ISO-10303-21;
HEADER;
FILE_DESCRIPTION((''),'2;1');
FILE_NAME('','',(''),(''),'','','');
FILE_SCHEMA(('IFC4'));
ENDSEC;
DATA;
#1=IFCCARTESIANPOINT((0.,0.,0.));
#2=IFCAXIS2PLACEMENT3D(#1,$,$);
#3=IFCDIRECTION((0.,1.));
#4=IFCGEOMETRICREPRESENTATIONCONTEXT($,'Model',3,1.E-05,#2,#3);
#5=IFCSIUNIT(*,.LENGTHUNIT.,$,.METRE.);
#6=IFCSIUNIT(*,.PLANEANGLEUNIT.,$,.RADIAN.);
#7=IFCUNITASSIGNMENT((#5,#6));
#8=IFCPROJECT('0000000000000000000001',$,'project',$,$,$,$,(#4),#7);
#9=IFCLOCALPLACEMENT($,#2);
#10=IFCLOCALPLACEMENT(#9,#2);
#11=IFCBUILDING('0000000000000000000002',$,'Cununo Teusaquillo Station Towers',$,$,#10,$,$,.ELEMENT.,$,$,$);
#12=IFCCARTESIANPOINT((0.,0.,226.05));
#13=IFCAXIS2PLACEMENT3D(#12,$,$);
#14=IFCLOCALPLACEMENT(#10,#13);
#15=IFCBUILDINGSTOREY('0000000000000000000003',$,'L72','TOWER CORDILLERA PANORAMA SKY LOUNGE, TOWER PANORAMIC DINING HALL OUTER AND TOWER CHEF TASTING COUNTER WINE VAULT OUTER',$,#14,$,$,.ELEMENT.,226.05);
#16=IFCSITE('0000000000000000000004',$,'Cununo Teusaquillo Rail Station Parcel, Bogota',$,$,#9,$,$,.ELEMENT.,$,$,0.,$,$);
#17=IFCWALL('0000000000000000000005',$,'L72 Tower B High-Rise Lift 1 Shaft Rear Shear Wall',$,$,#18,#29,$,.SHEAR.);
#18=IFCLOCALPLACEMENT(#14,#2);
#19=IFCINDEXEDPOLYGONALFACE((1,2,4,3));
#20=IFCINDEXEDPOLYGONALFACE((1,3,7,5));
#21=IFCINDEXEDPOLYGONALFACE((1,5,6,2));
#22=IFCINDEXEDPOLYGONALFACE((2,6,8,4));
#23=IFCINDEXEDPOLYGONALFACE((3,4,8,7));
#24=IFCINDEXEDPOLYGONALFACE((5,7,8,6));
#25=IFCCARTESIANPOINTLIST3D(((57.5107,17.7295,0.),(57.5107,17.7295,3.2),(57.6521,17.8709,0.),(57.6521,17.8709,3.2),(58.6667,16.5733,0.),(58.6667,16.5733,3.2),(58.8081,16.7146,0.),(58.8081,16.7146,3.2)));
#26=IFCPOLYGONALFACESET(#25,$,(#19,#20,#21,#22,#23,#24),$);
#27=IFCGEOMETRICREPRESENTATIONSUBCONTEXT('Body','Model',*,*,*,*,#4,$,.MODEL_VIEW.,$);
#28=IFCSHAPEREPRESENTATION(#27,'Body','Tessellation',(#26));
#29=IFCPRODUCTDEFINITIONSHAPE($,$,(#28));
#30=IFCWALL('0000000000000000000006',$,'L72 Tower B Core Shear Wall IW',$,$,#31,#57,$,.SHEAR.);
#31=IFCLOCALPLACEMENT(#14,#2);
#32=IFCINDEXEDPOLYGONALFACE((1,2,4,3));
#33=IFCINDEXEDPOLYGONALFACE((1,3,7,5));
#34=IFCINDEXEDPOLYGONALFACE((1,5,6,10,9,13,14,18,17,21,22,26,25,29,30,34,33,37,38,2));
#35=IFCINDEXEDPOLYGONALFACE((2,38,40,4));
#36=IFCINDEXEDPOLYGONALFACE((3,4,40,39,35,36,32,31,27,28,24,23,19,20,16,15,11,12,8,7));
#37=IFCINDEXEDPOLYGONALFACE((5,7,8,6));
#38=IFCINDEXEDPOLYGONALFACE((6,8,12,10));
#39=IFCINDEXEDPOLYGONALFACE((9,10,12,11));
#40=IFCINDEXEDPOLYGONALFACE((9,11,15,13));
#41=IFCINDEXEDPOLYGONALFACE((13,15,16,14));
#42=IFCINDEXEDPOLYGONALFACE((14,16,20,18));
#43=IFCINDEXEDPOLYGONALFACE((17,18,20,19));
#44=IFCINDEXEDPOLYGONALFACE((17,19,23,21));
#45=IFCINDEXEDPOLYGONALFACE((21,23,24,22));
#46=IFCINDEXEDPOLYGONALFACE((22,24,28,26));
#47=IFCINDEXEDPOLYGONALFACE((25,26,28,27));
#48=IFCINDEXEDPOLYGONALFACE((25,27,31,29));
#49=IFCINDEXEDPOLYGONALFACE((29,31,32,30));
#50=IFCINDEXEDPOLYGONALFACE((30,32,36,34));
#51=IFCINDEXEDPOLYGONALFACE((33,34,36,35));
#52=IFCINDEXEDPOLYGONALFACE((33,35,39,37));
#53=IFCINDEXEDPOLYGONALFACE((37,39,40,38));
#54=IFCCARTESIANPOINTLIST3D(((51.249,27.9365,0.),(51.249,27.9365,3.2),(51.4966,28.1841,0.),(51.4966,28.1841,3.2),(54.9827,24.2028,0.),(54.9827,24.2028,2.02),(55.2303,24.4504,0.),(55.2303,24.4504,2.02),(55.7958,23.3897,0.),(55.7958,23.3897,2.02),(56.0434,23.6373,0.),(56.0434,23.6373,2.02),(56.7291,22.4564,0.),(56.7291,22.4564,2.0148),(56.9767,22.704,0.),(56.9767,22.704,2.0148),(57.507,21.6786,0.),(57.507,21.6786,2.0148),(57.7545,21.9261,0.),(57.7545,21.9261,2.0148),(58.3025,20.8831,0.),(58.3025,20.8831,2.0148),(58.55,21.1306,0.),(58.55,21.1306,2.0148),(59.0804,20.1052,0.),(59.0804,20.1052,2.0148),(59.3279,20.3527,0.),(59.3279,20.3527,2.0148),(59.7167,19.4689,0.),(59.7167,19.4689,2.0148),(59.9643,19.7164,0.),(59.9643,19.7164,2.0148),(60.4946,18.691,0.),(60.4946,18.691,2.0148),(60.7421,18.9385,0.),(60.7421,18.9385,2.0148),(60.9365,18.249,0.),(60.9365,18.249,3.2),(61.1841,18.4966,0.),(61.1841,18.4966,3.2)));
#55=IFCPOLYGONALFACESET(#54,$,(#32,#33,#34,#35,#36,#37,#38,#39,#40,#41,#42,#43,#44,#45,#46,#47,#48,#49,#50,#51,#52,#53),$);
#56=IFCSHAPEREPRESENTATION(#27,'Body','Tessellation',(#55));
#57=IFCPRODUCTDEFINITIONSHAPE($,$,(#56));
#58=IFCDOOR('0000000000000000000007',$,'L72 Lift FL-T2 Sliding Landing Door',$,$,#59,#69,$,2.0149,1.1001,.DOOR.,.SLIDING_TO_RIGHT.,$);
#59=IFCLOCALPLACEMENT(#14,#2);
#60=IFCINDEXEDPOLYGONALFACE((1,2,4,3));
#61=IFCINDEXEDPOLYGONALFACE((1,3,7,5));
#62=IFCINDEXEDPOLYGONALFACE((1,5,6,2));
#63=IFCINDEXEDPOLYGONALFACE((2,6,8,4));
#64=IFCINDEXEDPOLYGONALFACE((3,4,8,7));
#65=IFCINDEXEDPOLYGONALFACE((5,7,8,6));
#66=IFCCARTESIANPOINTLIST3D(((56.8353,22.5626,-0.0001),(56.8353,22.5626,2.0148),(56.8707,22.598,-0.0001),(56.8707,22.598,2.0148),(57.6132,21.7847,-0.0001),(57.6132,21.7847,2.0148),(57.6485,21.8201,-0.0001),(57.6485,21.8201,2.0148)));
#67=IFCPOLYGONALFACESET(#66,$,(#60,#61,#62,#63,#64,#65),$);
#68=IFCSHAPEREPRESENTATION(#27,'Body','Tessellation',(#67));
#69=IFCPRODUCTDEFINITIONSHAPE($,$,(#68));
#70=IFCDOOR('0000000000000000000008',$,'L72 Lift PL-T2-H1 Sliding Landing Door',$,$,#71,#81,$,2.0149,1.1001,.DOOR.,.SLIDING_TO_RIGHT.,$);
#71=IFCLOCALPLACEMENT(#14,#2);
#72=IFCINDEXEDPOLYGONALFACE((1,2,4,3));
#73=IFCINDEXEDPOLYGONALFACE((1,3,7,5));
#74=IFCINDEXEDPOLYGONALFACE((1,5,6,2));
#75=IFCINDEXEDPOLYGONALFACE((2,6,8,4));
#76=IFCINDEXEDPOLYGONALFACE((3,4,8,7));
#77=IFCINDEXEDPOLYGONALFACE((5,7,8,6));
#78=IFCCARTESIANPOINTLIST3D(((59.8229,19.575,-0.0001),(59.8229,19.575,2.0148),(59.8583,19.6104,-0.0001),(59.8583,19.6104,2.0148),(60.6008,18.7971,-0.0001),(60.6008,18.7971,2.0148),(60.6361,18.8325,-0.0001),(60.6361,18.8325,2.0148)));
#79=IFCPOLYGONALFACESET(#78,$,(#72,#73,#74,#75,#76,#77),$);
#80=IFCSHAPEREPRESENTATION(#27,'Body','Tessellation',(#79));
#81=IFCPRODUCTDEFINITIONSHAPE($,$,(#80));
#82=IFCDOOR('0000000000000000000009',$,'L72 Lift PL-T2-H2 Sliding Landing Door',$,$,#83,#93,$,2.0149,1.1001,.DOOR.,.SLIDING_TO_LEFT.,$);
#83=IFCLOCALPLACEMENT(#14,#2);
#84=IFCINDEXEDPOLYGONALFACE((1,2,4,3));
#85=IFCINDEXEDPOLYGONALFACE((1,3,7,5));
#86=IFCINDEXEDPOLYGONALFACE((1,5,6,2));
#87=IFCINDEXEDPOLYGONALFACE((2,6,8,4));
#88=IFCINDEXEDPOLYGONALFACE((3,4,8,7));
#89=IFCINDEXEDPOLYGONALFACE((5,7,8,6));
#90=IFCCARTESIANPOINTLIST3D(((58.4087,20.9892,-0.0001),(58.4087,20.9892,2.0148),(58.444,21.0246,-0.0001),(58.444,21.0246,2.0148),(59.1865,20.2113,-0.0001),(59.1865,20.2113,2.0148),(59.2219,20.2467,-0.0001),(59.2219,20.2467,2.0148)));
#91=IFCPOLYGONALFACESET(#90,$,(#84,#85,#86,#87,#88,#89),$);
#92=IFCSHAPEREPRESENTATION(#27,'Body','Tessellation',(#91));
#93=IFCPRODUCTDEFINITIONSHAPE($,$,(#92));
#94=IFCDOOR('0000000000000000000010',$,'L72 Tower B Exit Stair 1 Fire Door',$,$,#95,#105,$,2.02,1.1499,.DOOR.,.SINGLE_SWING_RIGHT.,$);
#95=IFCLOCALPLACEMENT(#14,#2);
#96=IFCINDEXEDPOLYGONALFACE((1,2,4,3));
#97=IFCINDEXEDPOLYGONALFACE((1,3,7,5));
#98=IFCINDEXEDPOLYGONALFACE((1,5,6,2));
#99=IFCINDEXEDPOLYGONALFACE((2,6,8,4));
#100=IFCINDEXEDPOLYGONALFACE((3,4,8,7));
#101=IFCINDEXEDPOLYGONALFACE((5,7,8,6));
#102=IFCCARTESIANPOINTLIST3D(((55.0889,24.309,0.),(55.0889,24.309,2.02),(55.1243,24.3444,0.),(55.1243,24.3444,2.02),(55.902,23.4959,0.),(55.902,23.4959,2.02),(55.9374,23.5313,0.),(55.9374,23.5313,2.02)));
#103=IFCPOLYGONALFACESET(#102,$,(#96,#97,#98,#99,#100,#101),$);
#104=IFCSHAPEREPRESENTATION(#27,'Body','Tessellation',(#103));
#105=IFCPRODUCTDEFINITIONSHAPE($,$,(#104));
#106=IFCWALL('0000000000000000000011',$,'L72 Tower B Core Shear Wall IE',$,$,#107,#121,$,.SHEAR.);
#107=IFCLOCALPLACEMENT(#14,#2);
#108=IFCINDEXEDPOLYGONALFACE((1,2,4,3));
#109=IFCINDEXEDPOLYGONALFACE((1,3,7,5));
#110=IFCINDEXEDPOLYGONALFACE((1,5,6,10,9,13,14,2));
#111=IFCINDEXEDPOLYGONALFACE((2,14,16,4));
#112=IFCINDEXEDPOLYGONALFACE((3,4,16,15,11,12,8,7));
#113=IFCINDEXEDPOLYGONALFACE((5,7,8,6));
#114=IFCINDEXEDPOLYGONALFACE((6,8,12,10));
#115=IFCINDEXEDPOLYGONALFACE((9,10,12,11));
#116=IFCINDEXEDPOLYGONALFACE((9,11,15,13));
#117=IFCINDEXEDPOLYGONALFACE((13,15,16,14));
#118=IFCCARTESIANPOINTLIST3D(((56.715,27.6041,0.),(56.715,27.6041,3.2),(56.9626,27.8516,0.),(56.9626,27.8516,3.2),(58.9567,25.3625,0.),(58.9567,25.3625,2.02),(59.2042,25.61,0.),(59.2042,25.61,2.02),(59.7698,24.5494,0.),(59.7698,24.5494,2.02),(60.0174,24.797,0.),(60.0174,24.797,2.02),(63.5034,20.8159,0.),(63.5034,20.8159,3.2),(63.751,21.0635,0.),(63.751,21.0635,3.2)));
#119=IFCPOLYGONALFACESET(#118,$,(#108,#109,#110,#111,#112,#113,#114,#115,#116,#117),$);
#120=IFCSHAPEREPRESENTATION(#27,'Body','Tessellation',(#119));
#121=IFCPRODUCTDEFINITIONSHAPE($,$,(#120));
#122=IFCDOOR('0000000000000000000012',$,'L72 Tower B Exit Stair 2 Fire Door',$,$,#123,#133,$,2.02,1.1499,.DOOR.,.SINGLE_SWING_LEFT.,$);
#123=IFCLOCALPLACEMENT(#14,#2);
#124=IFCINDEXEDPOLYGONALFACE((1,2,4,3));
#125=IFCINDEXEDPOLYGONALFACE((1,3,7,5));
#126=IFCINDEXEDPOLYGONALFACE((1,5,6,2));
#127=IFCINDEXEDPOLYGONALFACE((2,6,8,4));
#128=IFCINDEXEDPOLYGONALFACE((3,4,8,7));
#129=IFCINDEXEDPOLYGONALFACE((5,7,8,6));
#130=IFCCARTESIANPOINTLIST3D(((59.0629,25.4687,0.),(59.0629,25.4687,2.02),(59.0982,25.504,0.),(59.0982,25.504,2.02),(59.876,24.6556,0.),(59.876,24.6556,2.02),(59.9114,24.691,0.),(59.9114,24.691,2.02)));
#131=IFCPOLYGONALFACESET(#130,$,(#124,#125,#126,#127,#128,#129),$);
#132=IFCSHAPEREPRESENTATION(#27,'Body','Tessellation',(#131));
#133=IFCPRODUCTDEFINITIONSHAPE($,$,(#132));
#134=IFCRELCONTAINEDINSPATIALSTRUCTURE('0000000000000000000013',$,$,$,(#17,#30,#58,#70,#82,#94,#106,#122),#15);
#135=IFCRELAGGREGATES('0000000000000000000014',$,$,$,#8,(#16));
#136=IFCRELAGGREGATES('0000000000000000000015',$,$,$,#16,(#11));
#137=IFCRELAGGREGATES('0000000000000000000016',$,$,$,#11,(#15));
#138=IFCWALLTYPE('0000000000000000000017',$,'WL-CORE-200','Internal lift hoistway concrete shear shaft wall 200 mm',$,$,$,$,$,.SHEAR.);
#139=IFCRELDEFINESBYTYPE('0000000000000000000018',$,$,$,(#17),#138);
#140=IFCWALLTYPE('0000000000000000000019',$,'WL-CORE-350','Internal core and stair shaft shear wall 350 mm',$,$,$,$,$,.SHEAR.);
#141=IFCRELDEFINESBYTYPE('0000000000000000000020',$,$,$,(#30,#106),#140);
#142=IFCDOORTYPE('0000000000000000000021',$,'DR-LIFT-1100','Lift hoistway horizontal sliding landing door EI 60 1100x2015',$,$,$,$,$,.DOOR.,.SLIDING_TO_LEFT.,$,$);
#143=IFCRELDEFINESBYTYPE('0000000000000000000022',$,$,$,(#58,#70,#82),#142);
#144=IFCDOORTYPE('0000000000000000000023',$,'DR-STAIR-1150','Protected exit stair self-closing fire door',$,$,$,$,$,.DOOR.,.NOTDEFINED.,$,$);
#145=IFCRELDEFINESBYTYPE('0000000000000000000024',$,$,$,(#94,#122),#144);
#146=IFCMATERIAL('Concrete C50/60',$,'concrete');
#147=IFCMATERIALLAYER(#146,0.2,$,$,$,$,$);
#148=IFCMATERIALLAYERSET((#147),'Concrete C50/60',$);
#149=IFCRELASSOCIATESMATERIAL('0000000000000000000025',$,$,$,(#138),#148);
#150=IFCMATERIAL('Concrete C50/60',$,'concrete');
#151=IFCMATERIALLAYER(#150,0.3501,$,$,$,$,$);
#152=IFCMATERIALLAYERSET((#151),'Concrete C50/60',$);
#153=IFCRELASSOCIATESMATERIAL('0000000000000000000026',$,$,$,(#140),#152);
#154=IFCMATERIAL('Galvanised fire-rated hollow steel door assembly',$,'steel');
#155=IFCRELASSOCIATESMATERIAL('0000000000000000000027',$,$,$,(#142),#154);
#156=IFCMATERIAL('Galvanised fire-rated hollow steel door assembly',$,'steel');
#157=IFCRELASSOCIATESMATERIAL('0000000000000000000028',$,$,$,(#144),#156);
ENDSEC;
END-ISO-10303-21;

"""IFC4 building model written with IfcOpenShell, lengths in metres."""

from ifc_helpers import new_model, si_unit, direction, frame, frame_2d, origin, place, context, subcontext, project, spatial, rectangle, extrude, source, transform, mapped, material, layer, layer_set, type_object, element, fill, save


model = new_model("IFC4")

# Units and contexts
model_context = context("Model", 3, precision=1e-05, world=origin(), true_north=direction((0.0, 1.0)))
body_context = subcontext(model_context, "Body", "Model", "MODEL_VIEW")
ifc_project = project(units=[si_unit("LENGTHUNIT", "METRE"), si_unit("PLANEANGLEUNIT", "RADIAN")], contexts=[model_context])

# Site, building, storey
site_placement = place(None, origin())
site = spatial("IfcSite", under=ifc_project, at=site_placement, Name="Cununo Teusaquillo Rail Station Parcel, Bogota", CompositionType="ELEMENT", RefElevation=0.0)
building_placement = place(site_placement, origin())
building = spatial("IfcBuilding", under=site, at=building_placement, Name="Cununo Teusaquillo Station Towers", CompositionType="ELEMENT")
storey_placement = place(building_placement, frame((0.0, 0.0, 226.05)))
storey = spatial("IfcBuildingStorey", under=building, at=storey_placement, Name="L72", Description="TOWER CORDILLERA PANORAMA SKY LOUNGE, TOWER PANORAMIC DINING HALL OUTER AND TOWER CHEF TASTING COUNTER WINE VAULT OUTER", CompositionType="ELEMENT", Elevation=226.05)

# Wall
ifc_material_1 = material(Name="Concrete C50/60", Category="concrete")
ifc_layer_1 = layer(ifc_material_1, 0.2)
ifc_layer_set_1 = layer_set([ifc_layer_1], Name="Concrete C50/60")
wall_type_1 = type_object("IfcWallType", Name="WL-CORE-200", Description="Internal lift hoistway concrete shear shaft wall 200 mm", PredefinedType="SHEAR", material=ifc_layer_set_1)
wall_1_placement = place(storey_placement, frame((58.7373, 16.644, 0.0), z_axis=(0.0, 0.0, 1.0), x_axis=(-0.707032, 0.707181, 0.0)))
element("IfcWall", 1, at=wall_1_placement, inside=storey, type_object=wall_type_1, Name="L72 Tower B High-Rise Lift 1 Shaft Rear Shear Wall", PredefinedType="SHEAR", context=body_context, shape_type="SweptSolid", body=[
    extrude(rectangle(XDim=1.635, YDim=0.2, at=frame_2d((0.8174, 0.0))), origin(), (0.0, 0.0, 1.0), 3.2),
])

# Wall, openings, doors
ifc_material_2 = material(Name="Concrete C50/60", Category="concrete")
ifc_layer_2 = layer(ifc_material_2, 0.3501)
ifc_layer_set_2 = layer_set([ifc_layer_2], Name="Concrete C50/60")
wall_type_2 = type_object("IfcWallType", Name="WL-CORE-350", Description="Internal core and stair shaft shear wall 350 mm", PredefinedType="SHEAR", material=ifc_layer_set_2)
wall_2_placement = place(storey_placement, frame((61.0603, 18.3728, 0.0), z_axis=(0.0, 0.0, 1.0), x_axis=(-0.707107, 0.707107, 0.0)))
wall_2 = element("IfcWall", 2, at=wall_2_placement, inside=storey, type_object=wall_type_2, Name="L72 Tower B Core Shear Wall IW", PredefinedType="SHEAR", context=body_context, shape_type="SweptSolid", body=[
    extrude(rectangle(XDim=13.7002, YDim=0.3501, at=frame_2d((6.8501, 0.0))), origin(), (0.0, 0.0, 1.0), 3.2),
])
shared_shape_1 = source(origin(), body_context, "Body", "SweptSolid", [
    extrude(rectangle(XDim=1.1001, YDim=2.0149, at=frame_2d((0.55, 1.0073))), frame((0.0, 0.1851, 0.0), z_axis=(0.0, -1.0, 0.0), x_axis=(1.0, 0.0, 0.0)), (0.0, 0.0, 1.0), 0.3701),
])
opening_1_placement = place(wall_2_placement, frame((4.8501, 0.0, 0.0)))
opening_1 = element("IfcOpeningElement", 3, at=opening_1_placement, cuts=wall_2, PredefinedType="OPENING", context=body_context, shape_type="MappedRepresentation", body=[
    mapped(shared_shape_1, transform((0.0, 0.0, 0.0), x_axis=(1.0, 0.0, 0.0), y_axis=(0.0, 1.0, 0.0), z_axis=(0.0, 0.0, 1.0), scale=1.0)),
])
opening_2_placement = place(wall_2_placement, frame((0.625, 0.0, 0.0)))
opening_2 = element("IfcOpeningElement", 4, at=opening_2_placement, cuts=wall_2, PredefinedType="OPENING", context=body_context, shape_type="MappedRepresentation", body=[
    mapped(shared_shape_1, transform((0.0, 0.0, 0.0), x_axis=(1.0, 0.0, 0.0), y_axis=(0.0, 1.0, 0.0), z_axis=(0.0, 0.0, 1.0), scale=1.0)),
])
opening_3_placement = place(wall_2_placement, frame((2.625, 0.0, 0.0)))
opening_3 = element("IfcOpeningElement", 5, at=opening_3_placement, cuts=wall_2, PredefinedType="OPENING", context=body_context, shape_type="MappedRepresentation", body=[
    mapped(shared_shape_1, transform((0.0, 0.0, 0.0), x_axis=(1.0, 0.0, 0.0), y_axis=(0.0, 1.0, 0.0), z_axis=(0.0, 0.0, 1.0), scale=1.0)),
])
shared_shape_2 = source(origin(), body_context, "Body", "SweptSolid", [
    extrude(rectangle(XDim=1.1499, YDim=2.02, at=frame_2d((0.575, 1.01))), frame((0.0, 0.1851, 0.0), z_axis=(0.0, -1.0, 0.0), x_axis=(1.0, 0.0, 0.0)), (0.0, 0.0, 1.0), 0.3701),
])
opening_4_placement = place(wall_2_placement, frame((7.27, 0.0, 0.0)))
opening_4 = element("IfcOpeningElement", 6, at=opening_4_placement, cuts=wall_2, PredefinedType="OPENING", context=body_context, shape_type="MappedRepresentation", body=[
    mapped(shared_shape_2, transform((0.0, 0.0, 0.0), x_axis=(1.0, 0.0, 0.0), y_axis=(0.0, 1.0, 0.0), z_axis=(0.0, 0.0, 1.0), scale=1.0)),
])
ifc_material_3 = material(Name="Galvanised fire-rated hollow steel door assembly", Category="steel")
door_type_1 = type_object("IfcDoorType", Name="DR-LIFT-1100", Description="Lift hoistway horizontal sliding landing door EI 60 1100x2015", OperationType="SLIDING_TO_LEFT", PredefinedType="DOOR", material=ifc_material_3)
shared_shape_3 = source(origin(), body_context, "Body", "SweptSolid", [
    extrude(rectangle(XDim=1.1001, YDim=2.0149, at=frame_2d((0.55, 1.0073))), frame((0.0, 0.0249, 0.0), z_axis=(0.0, -1.0, 0.0), x_axis=(1.0, 0.0, 0.0)), (0.0, 0.0, 1.0), 0.05),
])
door_1_placement = place(opening_1_placement, origin())
door_1 = element("IfcDoor", 7, at=door_1_placement, inside=storey, type_object=door_type_1, Name="L72 Lift FL-T2 Sliding Landing Door", OperationType="SLIDING_TO_RIGHT", OverallHeight=2.0149, OverallWidth=1.1001, PredefinedType="DOOR", context=body_context, shape_type="MappedRepresentation", body=[
    mapped(shared_shape_3, transform((0.0, 0.0, 0.0), x_axis=(1.0, 0.0, 0.0), y_axis=(0.0, 1.0, 0.0), z_axis=(0.0, 0.0, 1.0), scale=1.0)),
])
fill(opening_1, door_1)
door_2_placement = place(opening_2_placement, origin())
door_2 = element("IfcDoor", 8, at=door_2_placement, inside=storey, type_object=door_type_1, Name="L72 Lift PL-T2-H1 Sliding Landing Door", OperationType="SLIDING_TO_RIGHT", OverallHeight=2.0149, OverallWidth=1.1001, PredefinedType="DOOR", context=body_context, shape_type="MappedRepresentation", body=[
    mapped(shared_shape_3, transform((0.0, 0.0, 0.0), x_axis=(1.0, 0.0, 0.0), y_axis=(0.0, 1.0, 0.0), z_axis=(0.0, 0.0, 1.0), scale=1.0)),
])
fill(opening_2, door_2)
door_3_placement = place(opening_3_placement, origin())
door_3 = element("IfcDoor", 9, at=door_3_placement, inside=storey, type_object=door_type_1, Name="L72 Lift PL-T2-H2 Sliding Landing Door", OperationType="SLIDING_TO_LEFT", OverallHeight=2.0149, OverallWidth=1.1001, PredefinedType="DOOR", context=body_context, shape_type="MappedRepresentation", body=[
    mapped(shared_shape_3, transform((0.0, 0.0, 0.0), x_axis=(1.0, 0.0, 0.0), y_axis=(0.0, 1.0, 0.0), z_axis=(0.0, 0.0, 1.0), scale=1.0)),
])
fill(opening_3, door_3)
ifc_material_4 = material(Name="Galvanised fire-rated hollow steel door assembly", Category="steel")
door_type_2 = type_object("IfcDoorType", Name="DR-STAIR-1150", Description="Protected exit stair self-closing fire door", OperationType="NOTDEFINED", PredefinedType="DOOR", material=ifc_material_4)
shared_shape_4 = source(origin(), body_context, "Body", "SweptSolid", [
    extrude(rectangle(XDim=1.1499, YDim=2.02, at=frame_2d((0.575, 1.01))), frame((0.0, 0.0249, 0.0), z_axis=(0.0, -1.0, 0.0), x_axis=(1.0, 0.0, 0.0)), (0.0, 0.0, 1.0), 0.05),
])
door_4_placement = place(opening_4_placement, origin())
door_4 = element("IfcDoor", 10, at=door_4_placement, inside=storey, type_object=door_type_2, Name="L72 Tower B Exit Stair 1 Fire Door", OperationType="SINGLE_SWING_RIGHT", OverallHeight=2.02, OverallWidth=1.1499, PredefinedType="DOOR", context=body_context, shape_type="MappedRepresentation", body=[
    mapped(shared_shape_4, transform((0.0, 0.0, 0.0), x_axis=(1.0, 0.0, 0.0), y_axis=(0.0, 1.0, 0.0), z_axis=(0.0, 0.0, 1.0), scale=1.0)),
])
fill(opening_4, door_4)

# Wall, opening, door
wall_3_placement = place(storey_placement, frame((63.6272, 20.9397, 0.0), z_axis=(0.0, 0.0, 1.0), x_axis=(-0.707119, 0.707094, 0.0)))
wall_3 = element("IfcWall", 11, at=wall_3_placement, inside=storey, type_object=wall_type_2, Name="L72 Tower B Core Shear Wall IE", PredefinedType="SHEAR", context=body_context, shape_type="SweptSolid", body=[
    extrude(rectangle(XDim=9.6001, YDim=0.3501, at=frame_2d((4.8, 0.0))), origin(), (0.0, 0.0, 1.0), 3.2),
])
opening_5_placement = place(wall_3_placement, frame((5.28, 0.0, 0.0)))
opening_5 = element("IfcOpeningElement", 12, at=opening_5_placement, cuts=wall_3, PredefinedType="OPENING", context=body_context, shape_type="MappedRepresentation", body=[
    mapped(shared_shape_2, transform((0.0, 0.0, 0.0), x_axis=(1.0, 0.0, 0.0), y_axis=(0.0, 1.0, 0.0), z_axis=(0.0, 0.0, 1.0), scale=1.0)),
])
door_5_placement = place(opening_5_placement, origin())
door_5 = element("IfcDoor", 13, at=door_5_placement, inside=storey, type_object=door_type_2, Name="L72 Tower B Exit Stair 2 Fire Door", OperationType="SINGLE_SWING_LEFT", OverallHeight=2.02, OverallWidth=1.1499, PredefinedType="DOOR", context=body_context, shape_type="MappedRepresentation", body=[
    mapped(shared_shape_4, transform((0.0, 0.0, 0.0), x_axis=(1.0, 0.0, 0.0), y_axis=(0.0, 1.0, 0.0), z_axis=(0.0, 0.0, 1.0), scale=1.0)),
])
fill(opening_5, door_5)

save(model, "model.ifc")
